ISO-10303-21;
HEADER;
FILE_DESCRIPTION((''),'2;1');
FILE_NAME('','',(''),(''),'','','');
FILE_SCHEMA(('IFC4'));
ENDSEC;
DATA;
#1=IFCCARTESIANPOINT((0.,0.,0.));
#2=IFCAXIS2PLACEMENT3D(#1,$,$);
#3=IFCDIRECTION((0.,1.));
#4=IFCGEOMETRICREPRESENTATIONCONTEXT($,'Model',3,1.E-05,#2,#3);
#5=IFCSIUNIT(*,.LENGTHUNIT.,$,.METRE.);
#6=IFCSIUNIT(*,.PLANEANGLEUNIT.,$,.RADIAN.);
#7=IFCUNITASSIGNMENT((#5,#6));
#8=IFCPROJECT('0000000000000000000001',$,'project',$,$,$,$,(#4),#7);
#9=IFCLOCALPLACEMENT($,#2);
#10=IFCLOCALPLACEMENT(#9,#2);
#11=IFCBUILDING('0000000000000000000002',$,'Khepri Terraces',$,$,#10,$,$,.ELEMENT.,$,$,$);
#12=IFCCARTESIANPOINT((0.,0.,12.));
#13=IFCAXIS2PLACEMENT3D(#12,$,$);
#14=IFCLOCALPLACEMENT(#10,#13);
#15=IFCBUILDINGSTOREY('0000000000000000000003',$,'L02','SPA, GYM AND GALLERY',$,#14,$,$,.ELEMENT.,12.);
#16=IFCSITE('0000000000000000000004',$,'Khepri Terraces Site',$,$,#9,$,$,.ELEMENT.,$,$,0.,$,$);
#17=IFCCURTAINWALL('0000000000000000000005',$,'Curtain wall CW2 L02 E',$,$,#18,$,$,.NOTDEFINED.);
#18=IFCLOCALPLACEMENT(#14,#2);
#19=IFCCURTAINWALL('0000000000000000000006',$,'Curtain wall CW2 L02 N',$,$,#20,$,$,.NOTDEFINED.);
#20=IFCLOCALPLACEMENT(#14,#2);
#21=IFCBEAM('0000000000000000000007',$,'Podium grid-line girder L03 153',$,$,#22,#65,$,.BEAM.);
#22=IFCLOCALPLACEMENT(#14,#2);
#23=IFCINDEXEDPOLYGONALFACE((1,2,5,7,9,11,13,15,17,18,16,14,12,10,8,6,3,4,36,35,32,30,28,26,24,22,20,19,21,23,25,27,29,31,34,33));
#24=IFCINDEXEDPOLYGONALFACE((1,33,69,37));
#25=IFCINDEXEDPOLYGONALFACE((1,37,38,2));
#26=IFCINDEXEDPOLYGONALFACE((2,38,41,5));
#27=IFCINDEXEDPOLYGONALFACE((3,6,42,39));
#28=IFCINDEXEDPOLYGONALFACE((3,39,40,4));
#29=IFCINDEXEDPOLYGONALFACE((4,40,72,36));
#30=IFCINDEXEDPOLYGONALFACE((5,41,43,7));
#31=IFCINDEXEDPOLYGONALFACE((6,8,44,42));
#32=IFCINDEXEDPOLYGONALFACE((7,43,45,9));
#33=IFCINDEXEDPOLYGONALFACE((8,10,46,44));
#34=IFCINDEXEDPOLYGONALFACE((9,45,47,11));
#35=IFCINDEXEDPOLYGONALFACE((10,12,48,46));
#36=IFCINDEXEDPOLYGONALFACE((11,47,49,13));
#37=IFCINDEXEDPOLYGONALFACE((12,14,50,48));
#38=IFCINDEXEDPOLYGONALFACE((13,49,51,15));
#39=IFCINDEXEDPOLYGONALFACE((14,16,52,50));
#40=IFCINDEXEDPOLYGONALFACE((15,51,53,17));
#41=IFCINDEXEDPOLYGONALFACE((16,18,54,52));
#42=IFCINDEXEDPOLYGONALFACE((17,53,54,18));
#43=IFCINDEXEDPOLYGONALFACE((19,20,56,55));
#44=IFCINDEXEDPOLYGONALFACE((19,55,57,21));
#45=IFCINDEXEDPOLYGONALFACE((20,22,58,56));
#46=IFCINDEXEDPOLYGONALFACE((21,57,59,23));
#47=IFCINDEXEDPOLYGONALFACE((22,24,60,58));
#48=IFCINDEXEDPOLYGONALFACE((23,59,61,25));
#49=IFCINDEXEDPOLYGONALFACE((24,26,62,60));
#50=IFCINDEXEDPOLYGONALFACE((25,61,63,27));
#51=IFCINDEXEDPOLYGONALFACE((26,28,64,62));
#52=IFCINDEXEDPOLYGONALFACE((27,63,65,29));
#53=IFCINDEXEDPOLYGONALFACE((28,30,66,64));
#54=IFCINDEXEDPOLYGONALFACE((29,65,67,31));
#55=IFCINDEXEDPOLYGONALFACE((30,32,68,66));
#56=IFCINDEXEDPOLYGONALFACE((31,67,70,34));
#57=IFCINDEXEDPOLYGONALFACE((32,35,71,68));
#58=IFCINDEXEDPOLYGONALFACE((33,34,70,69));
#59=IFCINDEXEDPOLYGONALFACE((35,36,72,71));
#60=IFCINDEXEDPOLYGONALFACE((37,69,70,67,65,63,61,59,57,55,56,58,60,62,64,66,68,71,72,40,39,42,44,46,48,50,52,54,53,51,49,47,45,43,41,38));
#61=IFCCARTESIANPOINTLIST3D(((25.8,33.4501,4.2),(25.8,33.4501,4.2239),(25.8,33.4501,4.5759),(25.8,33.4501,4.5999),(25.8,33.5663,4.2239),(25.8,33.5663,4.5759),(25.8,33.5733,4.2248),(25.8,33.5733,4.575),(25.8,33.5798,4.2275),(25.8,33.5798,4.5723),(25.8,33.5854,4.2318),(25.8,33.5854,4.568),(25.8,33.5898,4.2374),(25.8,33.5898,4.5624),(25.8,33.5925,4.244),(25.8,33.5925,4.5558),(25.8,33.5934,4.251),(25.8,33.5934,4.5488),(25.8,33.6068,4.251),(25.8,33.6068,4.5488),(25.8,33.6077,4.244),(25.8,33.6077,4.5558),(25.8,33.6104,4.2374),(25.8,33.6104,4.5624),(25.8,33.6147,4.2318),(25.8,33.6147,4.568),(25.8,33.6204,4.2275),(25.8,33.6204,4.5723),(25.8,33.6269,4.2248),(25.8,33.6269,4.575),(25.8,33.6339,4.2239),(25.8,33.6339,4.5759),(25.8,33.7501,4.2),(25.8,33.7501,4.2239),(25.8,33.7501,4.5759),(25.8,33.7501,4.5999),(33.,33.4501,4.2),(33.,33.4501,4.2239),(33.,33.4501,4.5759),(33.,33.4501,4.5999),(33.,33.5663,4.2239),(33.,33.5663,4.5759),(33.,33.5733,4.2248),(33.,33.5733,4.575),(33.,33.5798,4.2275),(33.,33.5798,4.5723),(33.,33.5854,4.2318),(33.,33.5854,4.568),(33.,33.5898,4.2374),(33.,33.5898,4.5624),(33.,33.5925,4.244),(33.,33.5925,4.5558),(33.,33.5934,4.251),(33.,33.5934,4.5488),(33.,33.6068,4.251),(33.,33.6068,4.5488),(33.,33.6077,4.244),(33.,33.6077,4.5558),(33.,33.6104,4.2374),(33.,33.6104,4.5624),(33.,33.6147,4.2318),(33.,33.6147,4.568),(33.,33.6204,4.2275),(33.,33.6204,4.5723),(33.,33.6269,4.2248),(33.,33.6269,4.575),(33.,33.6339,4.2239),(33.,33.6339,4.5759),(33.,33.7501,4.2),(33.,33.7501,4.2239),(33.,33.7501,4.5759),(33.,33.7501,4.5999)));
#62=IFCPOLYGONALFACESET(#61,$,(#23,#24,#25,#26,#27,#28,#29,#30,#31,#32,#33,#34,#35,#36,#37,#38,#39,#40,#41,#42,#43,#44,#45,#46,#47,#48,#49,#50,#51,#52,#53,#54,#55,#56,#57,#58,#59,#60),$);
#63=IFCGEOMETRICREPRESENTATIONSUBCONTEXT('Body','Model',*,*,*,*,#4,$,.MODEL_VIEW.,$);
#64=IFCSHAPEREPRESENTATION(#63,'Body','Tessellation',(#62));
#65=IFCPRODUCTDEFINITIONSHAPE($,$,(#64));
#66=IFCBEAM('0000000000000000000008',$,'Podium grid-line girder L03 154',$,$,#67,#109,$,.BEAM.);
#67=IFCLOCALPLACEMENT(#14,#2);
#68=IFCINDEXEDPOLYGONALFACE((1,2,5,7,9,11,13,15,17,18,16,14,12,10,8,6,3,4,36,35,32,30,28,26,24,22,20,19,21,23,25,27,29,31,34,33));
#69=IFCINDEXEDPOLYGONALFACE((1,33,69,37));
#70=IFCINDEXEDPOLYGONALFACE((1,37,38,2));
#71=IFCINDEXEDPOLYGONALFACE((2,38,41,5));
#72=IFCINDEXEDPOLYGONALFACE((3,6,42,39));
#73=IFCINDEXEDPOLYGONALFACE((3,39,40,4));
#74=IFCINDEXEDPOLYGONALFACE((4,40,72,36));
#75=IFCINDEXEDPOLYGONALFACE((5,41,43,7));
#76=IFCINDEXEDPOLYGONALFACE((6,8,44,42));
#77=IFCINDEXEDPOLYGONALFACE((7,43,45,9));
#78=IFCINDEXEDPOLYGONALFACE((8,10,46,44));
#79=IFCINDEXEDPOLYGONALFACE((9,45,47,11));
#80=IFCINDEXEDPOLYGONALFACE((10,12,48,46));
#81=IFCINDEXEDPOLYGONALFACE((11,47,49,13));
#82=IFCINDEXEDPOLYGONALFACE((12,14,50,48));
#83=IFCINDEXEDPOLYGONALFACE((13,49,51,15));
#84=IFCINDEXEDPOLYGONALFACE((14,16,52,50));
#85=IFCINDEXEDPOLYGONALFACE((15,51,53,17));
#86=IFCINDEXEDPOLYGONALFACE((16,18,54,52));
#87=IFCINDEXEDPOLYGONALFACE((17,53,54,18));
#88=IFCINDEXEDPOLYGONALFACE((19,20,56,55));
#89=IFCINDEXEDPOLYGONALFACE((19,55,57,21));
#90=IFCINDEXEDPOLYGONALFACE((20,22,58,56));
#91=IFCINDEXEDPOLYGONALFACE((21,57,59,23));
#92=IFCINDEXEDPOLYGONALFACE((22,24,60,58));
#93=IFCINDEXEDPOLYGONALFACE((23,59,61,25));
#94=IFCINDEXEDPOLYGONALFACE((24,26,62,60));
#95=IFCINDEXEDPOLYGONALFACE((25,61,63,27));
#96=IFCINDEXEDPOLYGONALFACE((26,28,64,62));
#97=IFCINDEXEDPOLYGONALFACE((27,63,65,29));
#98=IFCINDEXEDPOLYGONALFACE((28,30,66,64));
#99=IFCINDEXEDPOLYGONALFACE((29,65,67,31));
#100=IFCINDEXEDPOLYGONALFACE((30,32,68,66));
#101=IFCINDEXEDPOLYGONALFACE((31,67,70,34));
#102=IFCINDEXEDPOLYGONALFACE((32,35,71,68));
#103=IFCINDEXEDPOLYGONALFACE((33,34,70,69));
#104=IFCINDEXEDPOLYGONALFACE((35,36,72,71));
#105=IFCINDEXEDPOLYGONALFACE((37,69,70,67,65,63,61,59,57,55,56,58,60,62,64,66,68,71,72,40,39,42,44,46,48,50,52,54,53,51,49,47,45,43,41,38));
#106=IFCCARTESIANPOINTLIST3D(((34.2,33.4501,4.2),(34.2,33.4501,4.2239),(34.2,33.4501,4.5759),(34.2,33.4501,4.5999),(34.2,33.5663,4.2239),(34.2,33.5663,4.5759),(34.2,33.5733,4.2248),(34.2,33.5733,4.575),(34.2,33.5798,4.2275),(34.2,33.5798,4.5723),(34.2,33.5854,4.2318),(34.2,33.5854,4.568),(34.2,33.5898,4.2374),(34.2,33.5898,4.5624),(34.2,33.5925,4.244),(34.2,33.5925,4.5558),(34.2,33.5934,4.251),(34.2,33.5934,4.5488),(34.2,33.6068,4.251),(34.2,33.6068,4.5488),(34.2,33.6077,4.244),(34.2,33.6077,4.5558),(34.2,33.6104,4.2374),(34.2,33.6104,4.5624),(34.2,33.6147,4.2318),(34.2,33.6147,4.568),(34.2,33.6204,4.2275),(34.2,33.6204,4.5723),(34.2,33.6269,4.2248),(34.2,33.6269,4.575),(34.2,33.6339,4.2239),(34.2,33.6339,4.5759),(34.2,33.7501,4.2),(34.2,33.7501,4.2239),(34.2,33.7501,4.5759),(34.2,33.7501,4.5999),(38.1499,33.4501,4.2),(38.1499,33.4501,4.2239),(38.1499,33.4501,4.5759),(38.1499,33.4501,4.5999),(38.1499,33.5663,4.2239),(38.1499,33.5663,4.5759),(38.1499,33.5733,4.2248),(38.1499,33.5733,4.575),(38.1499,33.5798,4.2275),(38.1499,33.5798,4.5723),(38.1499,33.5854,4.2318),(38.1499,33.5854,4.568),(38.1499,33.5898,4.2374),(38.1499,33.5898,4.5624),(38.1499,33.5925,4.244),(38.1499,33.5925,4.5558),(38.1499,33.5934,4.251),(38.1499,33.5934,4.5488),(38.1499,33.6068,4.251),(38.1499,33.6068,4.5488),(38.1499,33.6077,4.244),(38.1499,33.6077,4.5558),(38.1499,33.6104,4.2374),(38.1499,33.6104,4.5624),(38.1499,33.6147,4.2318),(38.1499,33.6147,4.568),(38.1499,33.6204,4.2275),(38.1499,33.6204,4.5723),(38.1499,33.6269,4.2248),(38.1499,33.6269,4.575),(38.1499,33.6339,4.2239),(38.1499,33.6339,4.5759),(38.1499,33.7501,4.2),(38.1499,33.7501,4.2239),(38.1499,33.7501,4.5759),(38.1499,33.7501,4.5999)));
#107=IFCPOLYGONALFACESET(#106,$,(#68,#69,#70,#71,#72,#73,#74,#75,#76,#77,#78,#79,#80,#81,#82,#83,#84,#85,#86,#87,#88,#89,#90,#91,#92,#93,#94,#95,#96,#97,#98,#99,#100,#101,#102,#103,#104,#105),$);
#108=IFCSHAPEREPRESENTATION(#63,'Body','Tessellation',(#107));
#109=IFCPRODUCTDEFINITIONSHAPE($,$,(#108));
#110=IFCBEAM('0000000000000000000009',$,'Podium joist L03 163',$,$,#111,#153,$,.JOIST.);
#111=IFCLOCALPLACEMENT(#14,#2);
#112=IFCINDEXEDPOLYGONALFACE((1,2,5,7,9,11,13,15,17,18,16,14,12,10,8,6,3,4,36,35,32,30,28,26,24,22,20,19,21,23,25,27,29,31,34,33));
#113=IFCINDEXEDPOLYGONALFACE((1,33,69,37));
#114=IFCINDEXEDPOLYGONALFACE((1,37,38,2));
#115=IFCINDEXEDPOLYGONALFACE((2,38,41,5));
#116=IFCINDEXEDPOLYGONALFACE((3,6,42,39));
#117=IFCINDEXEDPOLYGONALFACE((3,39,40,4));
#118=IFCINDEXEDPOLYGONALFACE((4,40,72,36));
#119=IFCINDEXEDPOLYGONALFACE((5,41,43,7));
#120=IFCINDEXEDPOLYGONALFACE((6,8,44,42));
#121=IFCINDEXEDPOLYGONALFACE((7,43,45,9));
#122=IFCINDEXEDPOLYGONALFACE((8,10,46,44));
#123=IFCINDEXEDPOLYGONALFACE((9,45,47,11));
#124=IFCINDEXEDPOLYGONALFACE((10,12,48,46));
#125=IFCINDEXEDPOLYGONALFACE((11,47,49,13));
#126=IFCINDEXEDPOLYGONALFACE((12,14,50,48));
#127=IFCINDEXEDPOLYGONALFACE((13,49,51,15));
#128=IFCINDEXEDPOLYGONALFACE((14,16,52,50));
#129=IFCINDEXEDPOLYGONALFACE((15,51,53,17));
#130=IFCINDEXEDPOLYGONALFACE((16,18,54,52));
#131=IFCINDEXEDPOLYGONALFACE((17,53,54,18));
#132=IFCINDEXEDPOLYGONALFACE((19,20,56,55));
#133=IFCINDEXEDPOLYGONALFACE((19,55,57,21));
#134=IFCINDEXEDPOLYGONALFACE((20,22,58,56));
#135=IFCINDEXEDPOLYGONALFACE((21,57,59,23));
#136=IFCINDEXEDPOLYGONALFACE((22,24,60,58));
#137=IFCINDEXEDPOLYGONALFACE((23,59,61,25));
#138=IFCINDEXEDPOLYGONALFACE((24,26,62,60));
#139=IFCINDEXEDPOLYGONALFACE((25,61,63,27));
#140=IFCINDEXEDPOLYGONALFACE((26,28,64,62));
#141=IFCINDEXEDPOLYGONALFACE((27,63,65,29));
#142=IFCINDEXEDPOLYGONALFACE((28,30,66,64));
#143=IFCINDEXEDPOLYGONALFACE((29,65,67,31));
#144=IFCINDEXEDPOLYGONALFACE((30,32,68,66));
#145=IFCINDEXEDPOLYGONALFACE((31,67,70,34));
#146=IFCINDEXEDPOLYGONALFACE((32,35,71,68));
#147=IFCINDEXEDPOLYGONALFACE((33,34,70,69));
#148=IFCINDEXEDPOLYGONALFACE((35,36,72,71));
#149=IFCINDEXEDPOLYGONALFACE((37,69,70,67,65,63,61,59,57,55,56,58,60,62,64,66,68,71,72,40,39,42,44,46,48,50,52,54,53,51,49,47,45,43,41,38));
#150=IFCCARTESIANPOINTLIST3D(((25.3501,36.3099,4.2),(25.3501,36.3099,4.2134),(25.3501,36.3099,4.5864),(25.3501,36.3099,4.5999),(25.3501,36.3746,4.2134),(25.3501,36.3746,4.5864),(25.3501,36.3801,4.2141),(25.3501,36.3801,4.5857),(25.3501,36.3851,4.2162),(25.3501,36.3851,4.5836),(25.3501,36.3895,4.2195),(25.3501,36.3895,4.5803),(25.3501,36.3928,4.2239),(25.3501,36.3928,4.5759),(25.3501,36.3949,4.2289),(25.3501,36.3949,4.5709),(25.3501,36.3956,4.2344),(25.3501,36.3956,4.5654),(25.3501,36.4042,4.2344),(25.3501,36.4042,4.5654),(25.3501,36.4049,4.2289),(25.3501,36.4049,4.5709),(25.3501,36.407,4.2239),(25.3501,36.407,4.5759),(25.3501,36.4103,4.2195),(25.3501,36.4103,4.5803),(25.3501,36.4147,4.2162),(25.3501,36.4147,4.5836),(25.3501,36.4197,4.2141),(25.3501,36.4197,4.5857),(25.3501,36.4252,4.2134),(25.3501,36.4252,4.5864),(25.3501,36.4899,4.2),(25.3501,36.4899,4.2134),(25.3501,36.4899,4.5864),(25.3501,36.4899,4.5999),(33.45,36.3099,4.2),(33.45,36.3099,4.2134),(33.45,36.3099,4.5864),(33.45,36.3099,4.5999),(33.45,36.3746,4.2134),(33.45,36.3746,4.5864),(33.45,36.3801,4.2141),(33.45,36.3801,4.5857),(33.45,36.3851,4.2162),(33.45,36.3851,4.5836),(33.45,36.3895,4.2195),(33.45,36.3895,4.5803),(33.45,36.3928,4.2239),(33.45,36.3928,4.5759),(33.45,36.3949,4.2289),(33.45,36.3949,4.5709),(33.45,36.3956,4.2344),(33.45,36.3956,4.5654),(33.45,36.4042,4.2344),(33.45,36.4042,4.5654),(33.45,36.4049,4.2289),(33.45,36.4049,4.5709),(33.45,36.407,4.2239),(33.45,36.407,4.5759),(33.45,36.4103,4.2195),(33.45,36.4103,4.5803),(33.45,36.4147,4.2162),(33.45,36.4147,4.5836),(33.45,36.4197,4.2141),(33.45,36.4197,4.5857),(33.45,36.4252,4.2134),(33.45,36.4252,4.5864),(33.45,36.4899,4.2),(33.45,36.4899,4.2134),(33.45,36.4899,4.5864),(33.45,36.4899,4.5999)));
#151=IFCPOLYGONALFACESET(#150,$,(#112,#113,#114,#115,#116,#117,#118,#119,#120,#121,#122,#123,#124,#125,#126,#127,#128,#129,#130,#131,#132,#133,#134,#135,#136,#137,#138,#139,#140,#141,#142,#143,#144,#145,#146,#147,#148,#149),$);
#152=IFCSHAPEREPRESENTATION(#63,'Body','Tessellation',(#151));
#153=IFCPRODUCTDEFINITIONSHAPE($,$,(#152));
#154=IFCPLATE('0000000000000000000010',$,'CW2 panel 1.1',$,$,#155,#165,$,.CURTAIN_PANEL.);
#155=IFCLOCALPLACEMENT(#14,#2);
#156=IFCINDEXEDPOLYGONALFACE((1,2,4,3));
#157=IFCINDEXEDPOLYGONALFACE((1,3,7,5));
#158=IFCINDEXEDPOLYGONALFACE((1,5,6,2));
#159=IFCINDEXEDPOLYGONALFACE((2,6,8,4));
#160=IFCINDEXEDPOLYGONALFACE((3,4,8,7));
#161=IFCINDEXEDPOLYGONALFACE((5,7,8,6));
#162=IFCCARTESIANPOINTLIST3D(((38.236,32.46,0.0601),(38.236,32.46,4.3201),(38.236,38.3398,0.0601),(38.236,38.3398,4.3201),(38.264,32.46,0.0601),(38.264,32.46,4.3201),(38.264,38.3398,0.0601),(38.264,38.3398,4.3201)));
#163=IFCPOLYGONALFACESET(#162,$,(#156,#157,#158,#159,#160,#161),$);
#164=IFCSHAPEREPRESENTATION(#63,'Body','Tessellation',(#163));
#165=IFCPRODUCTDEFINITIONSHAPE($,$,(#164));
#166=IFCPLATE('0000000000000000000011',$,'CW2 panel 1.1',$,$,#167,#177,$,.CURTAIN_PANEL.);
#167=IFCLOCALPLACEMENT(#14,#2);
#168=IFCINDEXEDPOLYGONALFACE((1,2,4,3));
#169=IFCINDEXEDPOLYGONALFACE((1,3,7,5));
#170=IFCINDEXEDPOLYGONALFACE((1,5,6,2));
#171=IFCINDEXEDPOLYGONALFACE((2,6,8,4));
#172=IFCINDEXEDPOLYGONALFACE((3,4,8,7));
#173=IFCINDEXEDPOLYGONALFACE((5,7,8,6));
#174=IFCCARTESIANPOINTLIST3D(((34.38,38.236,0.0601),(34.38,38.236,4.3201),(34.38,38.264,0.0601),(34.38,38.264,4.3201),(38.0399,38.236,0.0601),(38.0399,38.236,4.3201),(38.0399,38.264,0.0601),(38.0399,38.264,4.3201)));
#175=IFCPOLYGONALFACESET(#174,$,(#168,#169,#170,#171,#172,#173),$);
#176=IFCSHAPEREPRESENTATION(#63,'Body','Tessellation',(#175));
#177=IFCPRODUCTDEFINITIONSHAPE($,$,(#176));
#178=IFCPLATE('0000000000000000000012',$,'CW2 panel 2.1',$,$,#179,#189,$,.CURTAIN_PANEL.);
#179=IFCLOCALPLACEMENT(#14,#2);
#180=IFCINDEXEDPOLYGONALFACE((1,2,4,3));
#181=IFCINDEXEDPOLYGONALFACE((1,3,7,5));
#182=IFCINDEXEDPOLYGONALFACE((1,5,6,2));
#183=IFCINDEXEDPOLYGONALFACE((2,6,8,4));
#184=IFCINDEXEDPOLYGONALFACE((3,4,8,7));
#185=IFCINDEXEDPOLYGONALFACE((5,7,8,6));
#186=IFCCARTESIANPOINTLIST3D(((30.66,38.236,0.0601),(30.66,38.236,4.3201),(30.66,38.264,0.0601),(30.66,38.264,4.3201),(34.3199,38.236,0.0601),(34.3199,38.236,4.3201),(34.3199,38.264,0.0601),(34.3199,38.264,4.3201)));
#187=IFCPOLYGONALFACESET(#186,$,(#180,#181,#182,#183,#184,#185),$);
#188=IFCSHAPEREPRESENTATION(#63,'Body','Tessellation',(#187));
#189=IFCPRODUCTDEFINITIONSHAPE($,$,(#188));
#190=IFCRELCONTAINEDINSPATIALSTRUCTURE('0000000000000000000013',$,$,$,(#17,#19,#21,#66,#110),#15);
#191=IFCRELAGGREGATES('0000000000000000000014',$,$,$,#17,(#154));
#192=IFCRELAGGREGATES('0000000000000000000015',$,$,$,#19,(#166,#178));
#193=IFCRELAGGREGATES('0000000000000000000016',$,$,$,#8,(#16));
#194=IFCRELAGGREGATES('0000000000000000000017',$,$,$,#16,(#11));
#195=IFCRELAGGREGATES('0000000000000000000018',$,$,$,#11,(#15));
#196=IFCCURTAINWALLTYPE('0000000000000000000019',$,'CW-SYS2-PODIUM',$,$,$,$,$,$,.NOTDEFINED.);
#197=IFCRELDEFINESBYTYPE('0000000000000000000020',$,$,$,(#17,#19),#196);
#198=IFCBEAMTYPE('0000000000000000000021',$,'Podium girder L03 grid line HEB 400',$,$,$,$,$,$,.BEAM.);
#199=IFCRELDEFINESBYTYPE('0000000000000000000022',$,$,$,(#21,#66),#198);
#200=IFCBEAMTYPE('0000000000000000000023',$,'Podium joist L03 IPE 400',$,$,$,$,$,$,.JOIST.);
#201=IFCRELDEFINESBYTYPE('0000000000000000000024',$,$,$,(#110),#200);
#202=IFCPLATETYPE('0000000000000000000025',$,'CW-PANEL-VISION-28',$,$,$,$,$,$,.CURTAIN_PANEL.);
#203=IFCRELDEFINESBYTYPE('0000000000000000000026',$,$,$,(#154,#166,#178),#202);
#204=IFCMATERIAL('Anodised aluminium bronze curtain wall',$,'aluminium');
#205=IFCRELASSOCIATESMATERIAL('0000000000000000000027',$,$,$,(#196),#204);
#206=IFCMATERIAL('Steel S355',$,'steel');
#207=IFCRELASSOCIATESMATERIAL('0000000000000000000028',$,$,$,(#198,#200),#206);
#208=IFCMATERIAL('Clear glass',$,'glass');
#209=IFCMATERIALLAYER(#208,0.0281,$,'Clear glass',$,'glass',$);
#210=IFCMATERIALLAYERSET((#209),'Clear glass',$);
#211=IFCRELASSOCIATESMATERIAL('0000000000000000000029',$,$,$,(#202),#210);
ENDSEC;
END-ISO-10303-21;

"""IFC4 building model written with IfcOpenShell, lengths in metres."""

from ifc_helpers import new_model, si_unit, direction, frame, origin, origin_2d, place, context, subcontext, project, spatial, rectangle, i_section, extrude, material, layer, layer_set, material_profile, profile_set, type_object, element, aggregate, save


model = new_model("IFC4")

# Units and contexts
model_context = context("Model", 3, precision=1e-05, world=origin(), true_north=direction((0.0, 1.0)))
body_context = subcontext(model_context, "Body", "Model", "MODEL_VIEW")
ifc_project = project(units=[si_unit("LENGTHUNIT", "METRE"), si_unit("PLANEANGLEUNIT", "RADIAN")], contexts=[model_context])

# Site, building, storey
site_placement = place(None, origin())
site = spatial("IfcSite", under=ifc_project, at=site_placement, Name="Khepri Terraces Site", CompositionType="ELEMENT", RefElevation=0.0)
building_placement = place(site_placement, origin())
building = spatial("IfcBuilding", under=site, at=building_placement, Name="Khepri Terraces", CompositionType="ELEMENT")
storey_placement = place(building_placement, frame((0.0, 0.0, 12.0)))
storey = spatial("IfcBuildingStorey", under=building, at=storey_placement, Name="L02", Description="SPA, GYM AND GALLERY", CompositionType="ELEMENT", Elevation=12.0)

# Curtain wall
ifc_material_1 = material(Name="Anodised aluminium bronze curtain wall", Category="aluminium")
curtain_wall_type = type_object("IfcCurtainWallType", Name="CW-SYS2-PODIUM", PredefinedType="NOTDEFINED", material=ifc_material_1)
curtain_wall_1_placement = place(storey_placement, origin())
curtain_wall_1 = element("IfcCurtainWall", 1, at=curtain_wall_1_placement, inside=storey, type_object=curtain_wall_type, Name="Curtain wall CW2 L02 E", PredefinedType="NOTDEFINED")

# Curtain wall
curtain_wall_2_placement = place(storey_placement, origin())
curtain_wall_2 = element("IfcCurtainWall", 2, at=curtain_wall_2_placement, inside=storey, type_object=curtain_wall_type, Name="Curtain wall CW2 L02 N", PredefinedType="NOTDEFINED")

# Beams
ifc_material_2 = material(Name="Steel S355", Category="steel")
ifc_material_profile_1 = material_profile(ifc_material_2, i_section(OverallWidth=0.3, OverallDepth=0.3999, WebThickness=0.0134, FlangeThickness=0.0239, FilletRadius=0.0271, at=origin_2d()), Name="Steel S355", Category="steel")
ifc_profile_set_1 = profile_set([ifc_material_profile_1], Name="Steel S355")
beam_type_1 = type_object("IfcBeamType", Name="Podium girder L03 grid line HEB 400", PredefinedType="BEAM", material=ifc_profile_set_1)
beam_1_placement = place(storey_placement, frame((25.8, 33.6001, 4.3999), z_axis=(1.0, 0.0, 0.0), x_axis=(0.0, 1.0, 0.0)))
element("IfcBeam", 3, at=beam_1_placement, inside=storey, type_object=beam_type_1, Name="Podium grid-line girder L03 153", PredefinedType="BEAM", context=body_context, shape_type="SweptSolid", body=[
    extrude(i_section(OverallWidth=0.3, OverallDepth=0.3999, WebThickness=0.0134, FlangeThickness=0.0239, FilletRadius=0.0271, at=origin_2d()), origin(), (0.0, 0.0, 1.0), 7.2),
])
beam_2_placement = place(storey_placement, frame((34.2, 33.6001, 4.3999), z_axis=(1.0, 0.0, 0.0), x_axis=(0.0, 1.0, 0.0)))
element("IfcBeam", 4, at=beam_2_placement, inside=storey, type_object=beam_type_1, Name="Podium grid-line girder L03 154", PredefinedType="BEAM", context=body_context, shape_type="SweptSolid", body=[
    extrude(i_section(OverallWidth=0.3, OverallDepth=0.3999, WebThickness=0.0134, FlangeThickness=0.0239, FilletRadius=0.0271, at=origin_2d()), origin(), (0.0, 0.0, 1.0), 3.95),
])
ifc_material_profile_2 = material_profile(ifc_material_2, i_section(OverallWidth=0.1799, OverallDepth=0.3999, WebThickness=0.0085, FlangeThickness=0.0134, FilletRadius=0.021, at=origin_2d()), Name="Steel S355", Category="steel")
ifc_profile_set_2 = profile_set([ifc_material_profile_2], Name="Steel S355")
beam_type_2 = type_object("IfcBeamType", Name="Podium joist L03 IPE 400", PredefinedType="JOIST", material=ifc_profile_set_2)
beam_3_placement = place(storey_placement, frame((25.3501, 36.3999, 4.3999), z_axis=(1.0, 0.0, 0.0), x_axis=(0.0, 1.0, 0.0)))
element("IfcBeam", 5, at=beam_3_placement, inside=storey, type_object=beam_type_2, Name="Podium joist L03 163", PredefinedType="JOIST", context=body_context, shape_type="SweptSolid", body=[
    extrude(i_section(OverallWidth=0.1799, OverallDepth=0.3999, WebThickness=0.0085, FlangeThickness=0.0134, FilletRadius=0.021, at=origin_2d()), origin(), (0.0, 0.0, 1.0), 8.0999),
])

# Plates
ifc_material_3 = material(Name="Clear glass", Category="glass")
ifc_layer_1 = layer(ifc_material_3, 0.0281, Name="Clear glass", Category="glass")
ifc_layer_set_1 = layer_set([ifc_layer_1], Name="Clear glass")
plate_type = type_object("IfcPlateType", Name="CW-PANEL-VISION-28", PredefinedType="CURTAIN_PANEL", material=ifc_layer_set_1)
plate_1_placement = place(storey_placement, frame((38.25, 35.3999, 0.0601), z_axis=(0.0, 0.0, 1.0), x_axis=(0.0, 1.0, 0.0)))
plate_1 = element("IfcPlate", 6, at=plate_1_placement, type_object=plate_type, Name="CW2 panel 1.1", PredefinedType="CURTAIN_PANEL", context=body_context, shape_type="SweptSolid", body=[
    extrude(rectangle(XDim=5.8799, YDim=0.0281, at=origin_2d()), origin(), (0.0, 0.0, 1.0), 4.26),
])
aggregate(curtain_wall_1, [plate_1])
plate_2_placement = place(storey_placement, frame((36.21, 38.25, 0.0601), z_axis=(0.0, 0.0, 1.0), x_axis=(-1.0, 0.0, 0.0)))
plate_2 = element("IfcPlate", 7, at=plate_2_placement, type_object=plate_type, Name="CW2 panel 1.1", PredefinedType="CURTAIN_PANEL", context=body_context, shape_type="SweptSolid", body=[
    extrude(rectangle(XDim=3.6599, YDim=0.0281, at=origin_2d()), origin(), (0.0, 0.0, 1.0), 4.26),
])
plate_3_placement = place(storey_placement, frame((32.49, 38.25, 0.0601), z_axis=(0.0, 0.0, 1.0), x_axis=(-1.0, 0.0, 0.0)))
plate_3 = element("IfcPlate", 8, at=plate_3_placement, type_object=plate_type, Name="CW2 panel 2.1", PredefinedType="CURTAIN_PANEL", context=body_context, shape_type="SweptSolid", body=[
    extrude(rectangle(XDim=3.6599, YDim=0.0281, at=origin_2d()), origin(), (0.0, 0.0, 1.0), 4.26),
])
aggregate(curtain_wall_2, [plate_2, plate_3])

save(model, "model.ifc")
